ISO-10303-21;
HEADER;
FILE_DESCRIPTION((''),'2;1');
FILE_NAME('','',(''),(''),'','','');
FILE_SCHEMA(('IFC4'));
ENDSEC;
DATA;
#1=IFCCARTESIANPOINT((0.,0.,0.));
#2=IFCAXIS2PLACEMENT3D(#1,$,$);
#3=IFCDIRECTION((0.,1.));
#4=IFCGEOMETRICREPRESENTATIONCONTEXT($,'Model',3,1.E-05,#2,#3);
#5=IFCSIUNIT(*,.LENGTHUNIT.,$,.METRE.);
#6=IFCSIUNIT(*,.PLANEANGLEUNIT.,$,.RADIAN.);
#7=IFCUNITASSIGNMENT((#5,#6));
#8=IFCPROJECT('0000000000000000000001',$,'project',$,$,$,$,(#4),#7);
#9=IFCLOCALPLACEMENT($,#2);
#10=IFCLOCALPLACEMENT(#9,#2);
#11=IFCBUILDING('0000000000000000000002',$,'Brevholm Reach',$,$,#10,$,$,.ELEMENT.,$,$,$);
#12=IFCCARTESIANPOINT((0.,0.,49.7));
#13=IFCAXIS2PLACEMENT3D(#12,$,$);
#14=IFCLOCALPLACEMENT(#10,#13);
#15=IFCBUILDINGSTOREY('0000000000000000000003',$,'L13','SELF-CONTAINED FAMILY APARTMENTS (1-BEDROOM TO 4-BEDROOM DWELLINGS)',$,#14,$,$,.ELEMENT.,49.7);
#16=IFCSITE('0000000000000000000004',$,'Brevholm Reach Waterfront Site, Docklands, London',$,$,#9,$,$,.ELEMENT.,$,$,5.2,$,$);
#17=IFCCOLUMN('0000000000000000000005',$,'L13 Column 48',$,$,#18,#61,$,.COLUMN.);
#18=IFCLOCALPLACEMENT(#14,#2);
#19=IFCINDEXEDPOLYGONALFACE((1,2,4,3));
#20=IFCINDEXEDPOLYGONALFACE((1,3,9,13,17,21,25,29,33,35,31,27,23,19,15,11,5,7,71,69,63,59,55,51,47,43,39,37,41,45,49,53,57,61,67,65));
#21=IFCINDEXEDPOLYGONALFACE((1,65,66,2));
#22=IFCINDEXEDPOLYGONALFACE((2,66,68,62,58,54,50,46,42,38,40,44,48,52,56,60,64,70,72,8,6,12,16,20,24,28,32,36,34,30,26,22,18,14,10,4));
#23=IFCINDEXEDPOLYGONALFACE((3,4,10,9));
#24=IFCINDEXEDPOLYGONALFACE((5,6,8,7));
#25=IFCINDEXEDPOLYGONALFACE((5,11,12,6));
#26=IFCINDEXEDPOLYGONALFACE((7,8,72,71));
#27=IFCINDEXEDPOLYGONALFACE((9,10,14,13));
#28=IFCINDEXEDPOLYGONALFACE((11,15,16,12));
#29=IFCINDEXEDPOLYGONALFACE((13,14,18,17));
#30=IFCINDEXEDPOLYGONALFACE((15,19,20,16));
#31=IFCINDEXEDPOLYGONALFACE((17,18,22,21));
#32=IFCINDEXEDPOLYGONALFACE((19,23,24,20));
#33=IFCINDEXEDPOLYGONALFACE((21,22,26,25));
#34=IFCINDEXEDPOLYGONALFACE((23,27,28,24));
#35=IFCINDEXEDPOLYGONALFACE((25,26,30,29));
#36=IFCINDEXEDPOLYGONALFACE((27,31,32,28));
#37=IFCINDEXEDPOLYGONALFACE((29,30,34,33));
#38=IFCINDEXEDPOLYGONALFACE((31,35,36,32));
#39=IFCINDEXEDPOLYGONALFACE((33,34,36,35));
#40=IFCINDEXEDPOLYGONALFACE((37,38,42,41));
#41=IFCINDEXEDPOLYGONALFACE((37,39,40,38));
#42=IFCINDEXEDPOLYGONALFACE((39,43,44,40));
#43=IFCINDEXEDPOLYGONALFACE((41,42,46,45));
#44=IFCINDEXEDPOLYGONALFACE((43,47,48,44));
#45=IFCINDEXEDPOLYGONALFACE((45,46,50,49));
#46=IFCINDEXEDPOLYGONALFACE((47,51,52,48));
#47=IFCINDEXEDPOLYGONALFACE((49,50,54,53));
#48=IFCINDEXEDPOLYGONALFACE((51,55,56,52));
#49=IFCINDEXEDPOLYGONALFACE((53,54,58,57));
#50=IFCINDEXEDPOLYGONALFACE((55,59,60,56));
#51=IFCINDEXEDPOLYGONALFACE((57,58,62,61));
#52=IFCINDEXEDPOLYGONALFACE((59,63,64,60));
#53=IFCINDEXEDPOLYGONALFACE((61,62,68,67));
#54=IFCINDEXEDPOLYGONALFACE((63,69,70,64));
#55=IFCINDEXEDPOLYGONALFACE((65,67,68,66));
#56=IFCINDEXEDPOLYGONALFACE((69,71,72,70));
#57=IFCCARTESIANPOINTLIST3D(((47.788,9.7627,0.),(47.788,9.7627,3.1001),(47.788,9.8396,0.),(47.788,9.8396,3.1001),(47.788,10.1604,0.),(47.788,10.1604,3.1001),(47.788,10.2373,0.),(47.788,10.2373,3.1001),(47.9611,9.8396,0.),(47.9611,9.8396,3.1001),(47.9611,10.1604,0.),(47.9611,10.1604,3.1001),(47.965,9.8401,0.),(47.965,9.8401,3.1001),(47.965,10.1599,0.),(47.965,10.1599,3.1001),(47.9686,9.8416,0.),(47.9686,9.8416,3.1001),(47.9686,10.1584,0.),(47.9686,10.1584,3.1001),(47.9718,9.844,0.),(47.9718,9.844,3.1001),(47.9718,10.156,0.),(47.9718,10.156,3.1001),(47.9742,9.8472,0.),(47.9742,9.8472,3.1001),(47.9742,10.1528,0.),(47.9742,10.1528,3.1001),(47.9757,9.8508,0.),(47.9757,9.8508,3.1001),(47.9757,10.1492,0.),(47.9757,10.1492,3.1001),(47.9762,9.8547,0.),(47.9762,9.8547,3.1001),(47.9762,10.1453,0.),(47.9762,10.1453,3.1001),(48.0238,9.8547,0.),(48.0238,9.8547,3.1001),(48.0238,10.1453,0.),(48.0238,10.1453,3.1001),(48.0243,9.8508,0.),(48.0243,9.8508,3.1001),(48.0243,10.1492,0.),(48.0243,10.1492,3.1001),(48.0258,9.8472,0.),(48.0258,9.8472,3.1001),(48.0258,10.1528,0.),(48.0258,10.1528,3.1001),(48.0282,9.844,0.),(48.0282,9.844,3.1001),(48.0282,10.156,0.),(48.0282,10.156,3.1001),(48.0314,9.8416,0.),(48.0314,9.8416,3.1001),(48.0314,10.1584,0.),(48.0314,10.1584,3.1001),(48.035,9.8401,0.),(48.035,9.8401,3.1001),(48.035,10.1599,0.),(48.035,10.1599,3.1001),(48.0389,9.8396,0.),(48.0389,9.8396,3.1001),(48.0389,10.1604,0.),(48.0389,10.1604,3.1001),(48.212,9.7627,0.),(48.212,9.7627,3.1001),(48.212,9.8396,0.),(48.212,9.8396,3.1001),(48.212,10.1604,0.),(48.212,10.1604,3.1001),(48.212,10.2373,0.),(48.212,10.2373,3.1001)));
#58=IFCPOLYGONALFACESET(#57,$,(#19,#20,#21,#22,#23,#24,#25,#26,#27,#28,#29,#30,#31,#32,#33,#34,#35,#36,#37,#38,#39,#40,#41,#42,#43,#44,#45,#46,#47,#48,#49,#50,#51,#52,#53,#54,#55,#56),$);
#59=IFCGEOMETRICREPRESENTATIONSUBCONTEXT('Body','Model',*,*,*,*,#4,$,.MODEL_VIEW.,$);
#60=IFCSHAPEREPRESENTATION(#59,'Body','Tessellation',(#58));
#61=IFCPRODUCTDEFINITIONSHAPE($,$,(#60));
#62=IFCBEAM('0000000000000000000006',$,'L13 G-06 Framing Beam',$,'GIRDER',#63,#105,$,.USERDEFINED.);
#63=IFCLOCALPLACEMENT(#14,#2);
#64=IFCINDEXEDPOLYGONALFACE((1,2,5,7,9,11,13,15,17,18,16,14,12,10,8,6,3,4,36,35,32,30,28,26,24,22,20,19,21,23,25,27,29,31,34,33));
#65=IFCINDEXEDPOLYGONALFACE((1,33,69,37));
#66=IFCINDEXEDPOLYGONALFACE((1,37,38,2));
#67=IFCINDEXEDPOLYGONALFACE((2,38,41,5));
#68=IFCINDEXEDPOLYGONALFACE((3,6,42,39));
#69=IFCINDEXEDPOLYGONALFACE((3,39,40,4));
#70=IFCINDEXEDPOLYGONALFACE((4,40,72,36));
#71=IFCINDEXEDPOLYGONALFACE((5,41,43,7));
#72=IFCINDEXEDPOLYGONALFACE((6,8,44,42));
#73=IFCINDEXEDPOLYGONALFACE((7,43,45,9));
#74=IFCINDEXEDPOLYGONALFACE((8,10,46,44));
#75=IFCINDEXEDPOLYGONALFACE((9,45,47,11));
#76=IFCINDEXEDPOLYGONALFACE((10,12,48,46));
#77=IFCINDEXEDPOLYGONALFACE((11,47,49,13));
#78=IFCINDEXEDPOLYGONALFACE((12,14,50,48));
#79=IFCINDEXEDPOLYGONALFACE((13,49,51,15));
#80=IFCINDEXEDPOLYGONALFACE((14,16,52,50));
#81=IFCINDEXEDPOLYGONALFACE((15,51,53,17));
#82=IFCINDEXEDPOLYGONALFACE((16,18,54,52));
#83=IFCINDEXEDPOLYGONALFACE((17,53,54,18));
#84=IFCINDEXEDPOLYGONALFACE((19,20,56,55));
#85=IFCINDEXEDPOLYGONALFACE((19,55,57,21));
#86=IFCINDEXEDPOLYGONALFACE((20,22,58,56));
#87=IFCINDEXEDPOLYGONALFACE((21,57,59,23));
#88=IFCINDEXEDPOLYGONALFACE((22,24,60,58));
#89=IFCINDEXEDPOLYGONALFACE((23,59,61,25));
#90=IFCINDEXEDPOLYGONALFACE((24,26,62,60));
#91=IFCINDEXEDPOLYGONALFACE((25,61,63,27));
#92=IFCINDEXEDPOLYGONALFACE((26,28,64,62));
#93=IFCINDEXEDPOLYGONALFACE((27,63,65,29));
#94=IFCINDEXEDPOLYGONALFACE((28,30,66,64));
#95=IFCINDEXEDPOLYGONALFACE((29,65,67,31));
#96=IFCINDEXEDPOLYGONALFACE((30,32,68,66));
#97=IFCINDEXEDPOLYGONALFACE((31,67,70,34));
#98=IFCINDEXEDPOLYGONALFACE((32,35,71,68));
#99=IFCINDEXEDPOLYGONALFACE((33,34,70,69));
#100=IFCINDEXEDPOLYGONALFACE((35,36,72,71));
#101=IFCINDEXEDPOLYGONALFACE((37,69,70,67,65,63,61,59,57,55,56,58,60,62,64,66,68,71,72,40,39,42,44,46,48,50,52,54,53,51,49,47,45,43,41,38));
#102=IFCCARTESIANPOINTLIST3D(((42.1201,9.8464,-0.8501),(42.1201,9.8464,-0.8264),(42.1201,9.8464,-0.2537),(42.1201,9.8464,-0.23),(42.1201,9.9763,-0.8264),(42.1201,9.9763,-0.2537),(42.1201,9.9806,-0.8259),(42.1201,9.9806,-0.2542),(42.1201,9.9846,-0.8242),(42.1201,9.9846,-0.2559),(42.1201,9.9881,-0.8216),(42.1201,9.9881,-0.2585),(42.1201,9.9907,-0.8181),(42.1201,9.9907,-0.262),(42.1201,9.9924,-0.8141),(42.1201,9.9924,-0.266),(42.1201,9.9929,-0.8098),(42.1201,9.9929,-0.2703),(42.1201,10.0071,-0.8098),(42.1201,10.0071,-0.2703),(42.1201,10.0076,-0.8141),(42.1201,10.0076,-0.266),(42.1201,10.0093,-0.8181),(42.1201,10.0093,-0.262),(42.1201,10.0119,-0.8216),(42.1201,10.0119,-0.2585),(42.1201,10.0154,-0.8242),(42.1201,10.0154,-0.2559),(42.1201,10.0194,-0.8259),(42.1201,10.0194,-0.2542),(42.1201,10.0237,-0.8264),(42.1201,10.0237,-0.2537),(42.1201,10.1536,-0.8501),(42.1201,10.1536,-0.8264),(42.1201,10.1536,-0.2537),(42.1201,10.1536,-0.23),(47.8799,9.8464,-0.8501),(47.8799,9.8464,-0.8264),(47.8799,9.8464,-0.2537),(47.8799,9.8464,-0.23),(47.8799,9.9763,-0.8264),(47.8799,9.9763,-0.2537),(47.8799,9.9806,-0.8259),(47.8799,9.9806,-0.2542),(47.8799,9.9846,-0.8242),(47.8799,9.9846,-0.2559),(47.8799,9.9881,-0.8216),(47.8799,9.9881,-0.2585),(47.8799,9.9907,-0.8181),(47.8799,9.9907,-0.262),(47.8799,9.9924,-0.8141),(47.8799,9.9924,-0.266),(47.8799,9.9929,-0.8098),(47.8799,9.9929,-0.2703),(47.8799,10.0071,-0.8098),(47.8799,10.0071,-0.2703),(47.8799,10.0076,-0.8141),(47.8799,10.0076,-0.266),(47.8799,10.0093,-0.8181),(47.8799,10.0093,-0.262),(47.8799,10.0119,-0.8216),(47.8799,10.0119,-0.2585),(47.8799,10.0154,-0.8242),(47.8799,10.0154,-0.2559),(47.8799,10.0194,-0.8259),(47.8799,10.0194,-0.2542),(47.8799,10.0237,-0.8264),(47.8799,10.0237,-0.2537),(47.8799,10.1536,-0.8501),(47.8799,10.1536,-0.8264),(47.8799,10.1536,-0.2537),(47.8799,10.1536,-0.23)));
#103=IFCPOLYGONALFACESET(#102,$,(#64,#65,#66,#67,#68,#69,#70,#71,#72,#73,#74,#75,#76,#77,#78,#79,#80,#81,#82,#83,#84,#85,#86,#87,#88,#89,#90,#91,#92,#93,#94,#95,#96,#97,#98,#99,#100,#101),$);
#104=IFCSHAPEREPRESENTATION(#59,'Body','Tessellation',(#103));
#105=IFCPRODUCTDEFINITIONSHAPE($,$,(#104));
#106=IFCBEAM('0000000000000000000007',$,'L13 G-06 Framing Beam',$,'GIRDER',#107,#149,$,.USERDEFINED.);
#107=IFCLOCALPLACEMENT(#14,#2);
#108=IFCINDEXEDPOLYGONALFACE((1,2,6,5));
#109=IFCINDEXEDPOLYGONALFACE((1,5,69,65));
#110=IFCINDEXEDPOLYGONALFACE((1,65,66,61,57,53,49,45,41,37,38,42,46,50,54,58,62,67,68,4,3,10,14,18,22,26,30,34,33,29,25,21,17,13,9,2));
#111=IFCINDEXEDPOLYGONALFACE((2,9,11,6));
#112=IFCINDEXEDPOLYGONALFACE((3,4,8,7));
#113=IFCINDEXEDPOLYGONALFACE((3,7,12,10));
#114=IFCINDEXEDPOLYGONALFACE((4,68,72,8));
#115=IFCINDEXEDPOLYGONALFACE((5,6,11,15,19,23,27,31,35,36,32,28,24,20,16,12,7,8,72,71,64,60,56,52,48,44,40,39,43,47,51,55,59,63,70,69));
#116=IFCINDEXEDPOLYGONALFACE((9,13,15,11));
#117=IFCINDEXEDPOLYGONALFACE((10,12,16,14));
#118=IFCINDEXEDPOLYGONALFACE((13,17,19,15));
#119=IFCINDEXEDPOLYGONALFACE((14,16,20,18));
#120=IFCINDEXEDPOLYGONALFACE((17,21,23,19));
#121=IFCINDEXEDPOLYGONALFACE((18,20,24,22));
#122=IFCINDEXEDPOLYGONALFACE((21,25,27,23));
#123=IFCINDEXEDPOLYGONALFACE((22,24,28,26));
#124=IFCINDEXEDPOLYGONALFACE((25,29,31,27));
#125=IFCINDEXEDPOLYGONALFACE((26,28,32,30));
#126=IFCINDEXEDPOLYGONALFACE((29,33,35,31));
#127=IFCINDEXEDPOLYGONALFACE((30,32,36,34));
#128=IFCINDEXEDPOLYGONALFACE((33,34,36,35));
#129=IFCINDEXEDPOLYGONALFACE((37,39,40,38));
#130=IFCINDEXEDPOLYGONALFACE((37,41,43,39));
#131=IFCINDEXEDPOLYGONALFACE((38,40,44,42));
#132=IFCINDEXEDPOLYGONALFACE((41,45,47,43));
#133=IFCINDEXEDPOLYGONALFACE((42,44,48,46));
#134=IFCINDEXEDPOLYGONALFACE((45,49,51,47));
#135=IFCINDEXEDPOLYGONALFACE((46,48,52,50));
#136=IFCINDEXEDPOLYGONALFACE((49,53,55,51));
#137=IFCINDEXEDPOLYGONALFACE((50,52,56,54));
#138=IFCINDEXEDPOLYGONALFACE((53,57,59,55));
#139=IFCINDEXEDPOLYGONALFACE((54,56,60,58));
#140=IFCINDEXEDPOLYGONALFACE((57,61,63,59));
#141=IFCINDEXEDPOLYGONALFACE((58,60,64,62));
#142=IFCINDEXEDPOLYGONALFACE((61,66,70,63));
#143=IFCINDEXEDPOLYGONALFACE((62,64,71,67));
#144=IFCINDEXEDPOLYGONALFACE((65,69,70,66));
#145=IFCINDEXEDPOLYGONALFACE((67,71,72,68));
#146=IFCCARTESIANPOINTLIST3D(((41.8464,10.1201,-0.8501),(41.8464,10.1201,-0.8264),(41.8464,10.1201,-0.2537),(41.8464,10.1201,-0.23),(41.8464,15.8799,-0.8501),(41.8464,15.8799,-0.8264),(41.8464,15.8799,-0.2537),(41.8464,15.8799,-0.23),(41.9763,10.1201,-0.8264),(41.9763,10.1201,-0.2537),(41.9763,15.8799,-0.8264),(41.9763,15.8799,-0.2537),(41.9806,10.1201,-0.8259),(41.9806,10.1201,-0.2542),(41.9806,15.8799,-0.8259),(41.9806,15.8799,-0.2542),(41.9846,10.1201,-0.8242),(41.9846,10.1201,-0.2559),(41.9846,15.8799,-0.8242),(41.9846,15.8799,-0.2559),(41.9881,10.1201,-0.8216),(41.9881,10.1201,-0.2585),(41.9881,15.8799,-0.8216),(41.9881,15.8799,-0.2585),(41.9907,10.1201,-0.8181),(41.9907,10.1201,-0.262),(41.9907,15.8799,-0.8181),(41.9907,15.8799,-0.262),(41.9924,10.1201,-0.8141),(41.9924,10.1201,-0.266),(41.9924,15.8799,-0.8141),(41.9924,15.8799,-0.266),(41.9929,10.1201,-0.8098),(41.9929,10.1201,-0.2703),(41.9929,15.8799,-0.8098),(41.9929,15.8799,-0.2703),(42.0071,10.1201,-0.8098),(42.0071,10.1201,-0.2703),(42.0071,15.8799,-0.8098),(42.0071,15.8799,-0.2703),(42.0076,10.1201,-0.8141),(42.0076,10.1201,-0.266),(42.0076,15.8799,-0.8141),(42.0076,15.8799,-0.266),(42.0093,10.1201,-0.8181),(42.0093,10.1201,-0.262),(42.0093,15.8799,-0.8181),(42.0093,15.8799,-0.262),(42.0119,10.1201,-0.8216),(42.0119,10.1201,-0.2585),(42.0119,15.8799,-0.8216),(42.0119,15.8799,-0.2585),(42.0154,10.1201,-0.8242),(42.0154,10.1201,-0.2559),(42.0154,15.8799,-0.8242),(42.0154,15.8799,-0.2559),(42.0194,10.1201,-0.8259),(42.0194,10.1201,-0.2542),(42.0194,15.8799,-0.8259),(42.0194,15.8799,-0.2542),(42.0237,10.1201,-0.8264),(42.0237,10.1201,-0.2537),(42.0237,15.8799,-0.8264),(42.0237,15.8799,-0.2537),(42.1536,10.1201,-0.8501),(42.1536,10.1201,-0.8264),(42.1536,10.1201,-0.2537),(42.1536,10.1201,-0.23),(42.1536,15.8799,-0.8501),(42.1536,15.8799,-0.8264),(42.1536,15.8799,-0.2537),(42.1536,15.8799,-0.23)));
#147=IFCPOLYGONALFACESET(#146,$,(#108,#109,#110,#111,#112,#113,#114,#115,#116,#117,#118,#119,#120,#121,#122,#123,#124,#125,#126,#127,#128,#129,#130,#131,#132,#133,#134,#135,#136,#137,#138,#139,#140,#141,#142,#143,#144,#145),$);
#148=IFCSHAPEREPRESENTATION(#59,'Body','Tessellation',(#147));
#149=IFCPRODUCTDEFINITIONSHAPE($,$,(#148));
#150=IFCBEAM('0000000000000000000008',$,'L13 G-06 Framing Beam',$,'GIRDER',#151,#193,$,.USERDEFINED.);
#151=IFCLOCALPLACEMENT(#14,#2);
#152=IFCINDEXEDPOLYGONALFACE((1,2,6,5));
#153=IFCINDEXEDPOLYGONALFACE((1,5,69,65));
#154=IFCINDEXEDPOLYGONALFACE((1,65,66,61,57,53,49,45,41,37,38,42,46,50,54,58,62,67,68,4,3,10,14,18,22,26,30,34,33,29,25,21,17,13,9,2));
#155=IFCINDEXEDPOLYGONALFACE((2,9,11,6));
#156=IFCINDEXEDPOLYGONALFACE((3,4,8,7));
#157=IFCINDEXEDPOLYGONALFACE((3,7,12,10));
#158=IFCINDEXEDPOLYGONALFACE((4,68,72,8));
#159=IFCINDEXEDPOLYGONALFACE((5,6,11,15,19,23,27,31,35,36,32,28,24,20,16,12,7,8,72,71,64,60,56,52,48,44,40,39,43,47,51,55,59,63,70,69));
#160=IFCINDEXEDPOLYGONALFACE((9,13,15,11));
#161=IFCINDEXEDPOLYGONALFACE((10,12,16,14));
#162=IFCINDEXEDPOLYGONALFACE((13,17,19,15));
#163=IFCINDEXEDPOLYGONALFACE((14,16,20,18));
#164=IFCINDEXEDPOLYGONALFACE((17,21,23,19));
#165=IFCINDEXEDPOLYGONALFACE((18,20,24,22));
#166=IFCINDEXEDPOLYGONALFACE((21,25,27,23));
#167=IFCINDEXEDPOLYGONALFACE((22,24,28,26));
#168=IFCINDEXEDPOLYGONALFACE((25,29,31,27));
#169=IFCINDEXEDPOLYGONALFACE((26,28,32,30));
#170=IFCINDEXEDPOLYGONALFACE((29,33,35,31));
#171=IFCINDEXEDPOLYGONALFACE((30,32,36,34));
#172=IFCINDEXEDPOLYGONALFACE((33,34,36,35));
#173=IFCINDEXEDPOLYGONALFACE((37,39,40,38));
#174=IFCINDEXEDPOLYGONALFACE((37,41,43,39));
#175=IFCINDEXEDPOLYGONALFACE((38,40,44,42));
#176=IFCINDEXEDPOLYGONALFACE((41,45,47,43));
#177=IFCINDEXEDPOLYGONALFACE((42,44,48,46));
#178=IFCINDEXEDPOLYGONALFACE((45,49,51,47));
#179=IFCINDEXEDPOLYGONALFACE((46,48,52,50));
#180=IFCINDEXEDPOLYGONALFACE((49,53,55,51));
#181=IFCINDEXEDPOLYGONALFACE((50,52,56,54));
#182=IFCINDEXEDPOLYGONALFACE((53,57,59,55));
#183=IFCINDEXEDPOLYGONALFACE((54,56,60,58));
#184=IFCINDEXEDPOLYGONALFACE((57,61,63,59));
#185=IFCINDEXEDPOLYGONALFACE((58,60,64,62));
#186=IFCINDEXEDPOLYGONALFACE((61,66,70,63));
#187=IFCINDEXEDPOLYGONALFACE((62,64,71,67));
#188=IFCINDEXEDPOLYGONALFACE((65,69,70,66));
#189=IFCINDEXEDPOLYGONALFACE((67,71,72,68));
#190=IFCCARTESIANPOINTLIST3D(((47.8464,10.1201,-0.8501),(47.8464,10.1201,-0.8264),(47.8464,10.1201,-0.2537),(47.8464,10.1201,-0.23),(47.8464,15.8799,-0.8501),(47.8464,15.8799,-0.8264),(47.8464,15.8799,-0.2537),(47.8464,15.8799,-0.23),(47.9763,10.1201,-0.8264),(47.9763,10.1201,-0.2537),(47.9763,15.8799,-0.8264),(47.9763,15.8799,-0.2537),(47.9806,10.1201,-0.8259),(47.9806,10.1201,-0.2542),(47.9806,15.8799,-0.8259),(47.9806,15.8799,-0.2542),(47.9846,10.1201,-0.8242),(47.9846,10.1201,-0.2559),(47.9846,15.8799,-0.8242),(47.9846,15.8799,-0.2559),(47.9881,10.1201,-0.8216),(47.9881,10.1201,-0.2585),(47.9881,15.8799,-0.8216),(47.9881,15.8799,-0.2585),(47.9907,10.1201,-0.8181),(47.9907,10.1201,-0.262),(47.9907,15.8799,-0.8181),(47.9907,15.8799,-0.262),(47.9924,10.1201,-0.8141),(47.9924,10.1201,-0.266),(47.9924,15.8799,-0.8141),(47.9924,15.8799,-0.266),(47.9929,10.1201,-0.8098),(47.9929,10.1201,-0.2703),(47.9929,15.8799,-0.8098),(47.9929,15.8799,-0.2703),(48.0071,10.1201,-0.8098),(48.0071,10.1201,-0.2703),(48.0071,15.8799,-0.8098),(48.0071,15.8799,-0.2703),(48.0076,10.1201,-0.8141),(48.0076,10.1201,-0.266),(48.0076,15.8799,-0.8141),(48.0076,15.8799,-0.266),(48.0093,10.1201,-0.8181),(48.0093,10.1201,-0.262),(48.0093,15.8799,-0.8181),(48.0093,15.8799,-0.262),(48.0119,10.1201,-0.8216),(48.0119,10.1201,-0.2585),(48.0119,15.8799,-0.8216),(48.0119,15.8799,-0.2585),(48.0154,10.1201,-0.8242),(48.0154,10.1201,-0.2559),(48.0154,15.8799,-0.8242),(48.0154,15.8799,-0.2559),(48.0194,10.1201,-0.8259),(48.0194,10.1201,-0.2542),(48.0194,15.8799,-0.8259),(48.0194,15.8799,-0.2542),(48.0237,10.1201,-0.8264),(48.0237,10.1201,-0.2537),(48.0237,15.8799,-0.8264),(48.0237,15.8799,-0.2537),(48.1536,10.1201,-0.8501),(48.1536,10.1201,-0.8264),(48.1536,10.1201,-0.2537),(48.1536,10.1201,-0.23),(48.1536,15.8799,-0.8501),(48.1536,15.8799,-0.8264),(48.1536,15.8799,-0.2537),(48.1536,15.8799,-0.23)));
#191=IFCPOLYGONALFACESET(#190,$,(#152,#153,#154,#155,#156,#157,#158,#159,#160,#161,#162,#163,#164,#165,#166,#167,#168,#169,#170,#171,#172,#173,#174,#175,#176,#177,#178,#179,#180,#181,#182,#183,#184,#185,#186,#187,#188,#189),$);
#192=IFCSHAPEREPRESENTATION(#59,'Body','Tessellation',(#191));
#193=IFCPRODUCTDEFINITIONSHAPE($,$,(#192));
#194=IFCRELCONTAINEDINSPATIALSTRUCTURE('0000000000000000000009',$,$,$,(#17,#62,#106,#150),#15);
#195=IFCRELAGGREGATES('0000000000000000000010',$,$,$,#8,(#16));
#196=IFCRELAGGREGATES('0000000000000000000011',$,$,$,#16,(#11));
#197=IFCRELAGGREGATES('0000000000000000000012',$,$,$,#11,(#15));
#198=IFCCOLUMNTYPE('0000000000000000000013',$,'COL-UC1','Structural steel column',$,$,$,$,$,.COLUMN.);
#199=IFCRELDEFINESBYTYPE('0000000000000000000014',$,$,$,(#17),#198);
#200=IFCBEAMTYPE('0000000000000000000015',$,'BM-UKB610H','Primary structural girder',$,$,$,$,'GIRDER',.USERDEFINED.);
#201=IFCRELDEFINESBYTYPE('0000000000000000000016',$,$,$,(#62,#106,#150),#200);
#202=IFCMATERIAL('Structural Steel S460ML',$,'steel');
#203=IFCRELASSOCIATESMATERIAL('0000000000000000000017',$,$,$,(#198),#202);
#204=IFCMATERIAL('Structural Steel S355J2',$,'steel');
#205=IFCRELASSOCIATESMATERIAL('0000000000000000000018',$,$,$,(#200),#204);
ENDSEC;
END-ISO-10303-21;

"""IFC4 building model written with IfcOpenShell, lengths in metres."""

from ifc_helpers import new_model, si_unit, direction, frame, origin, origin_2d, place, context, subcontext, project, spatial, i_section, extrude, material, material_profile, profile_set, type_object, element, save


model = new_model("IFC4")

# Units and contexts
model_context = context("Model", 3, precision=1e-05, world=origin(), true_north=direction((0.0, 1.0)))
body_context = subcontext(model_context, "Body", "Model", "MODEL_VIEW")
ifc_project = project(units=[si_unit("LENGTHUNIT", "METRE"), si_unit("PLANEANGLEUNIT", "RADIAN")], contexts=[model_context])

# Site, building, storey
site_placement = place(None, origin())
site = spatial("IfcSite", under=ifc_project, at=site_placement, Name="Brevholm Reach Waterfront Site, Docklands, London", CompositionType="ELEMENT", RefElevation=5.2)
building_placement = place(site_placement, origin())
building = spatial("IfcBuilding", under=site, at=building_placement, Name="Brevholm Reach", CompositionType="ELEMENT")
storey_placement = place(building_placement, frame((0.0, 0.0, 49.7)))
storey = spatial("IfcBuildingStorey", under=building, at=storey_placement, Name="L13", Description="SELF-CONTAINED FAMILY APARTMENTS (1-BEDROOM TO 4-BEDROOM DWELLINGS)", CompositionType="ELEMENT", Elevation=49.7)

# Column
ifc_material_1 = material(Name="Structural Steel S460ML", Category="steel")
ifc_material_profile_1 = material_profile(ifc_material_1, i_section(OverallWidth=0.4241, OverallDepth=0.4746, WebThickness=0.0476, FlangeThickness=0.0769, FilletRadius=0.0151, at=origin_2d()), Name="UKC 356x406x634")
ifc_profile_set_1 = profile_set([ifc_material_profile_1], Name="Structural Steel S460ML")
column_type = type_object("IfcColumnType", Name="COL-UC1", Description="Structural steel column", PredefinedType="COLUMN", material=ifc_profile_set_1)
column_placement = place(storey_placement, frame((48.0, 10.0, 0.0), z_axis=(0.0, 0.0, 1.0), x_axis=(1.0, 0.0, 0.0)))
element("IfcColumn", 1, at=column_placement, inside=storey, type_object=column_type, Name="L13 Column 48", PredefinedType="COLUMN", context=body_context, shape_type="SweptSolid", body=[
    extrude(i_section(OverallWidth=0.4241, OverallDepth=0.4746, WebThickness=0.0476, FlangeThickness=0.0769, FilletRadius=0.0151, at=origin_2d()), origin(), (0.0, 0.0, 1.0), 3.1001),
])

# Beams
ifc_material_2 = material(Name="Structural Steel S355J2", Category="steel")
ifc_material_profile_2 = material_profile(ifc_material_2, i_section(OverallWidth=0.3071, OverallDepth=0.6201, WebThickness=0.0142, FlangeThickness=0.0237, FilletRadius=0.0166, at=origin_2d()), Name="UKB 610x305x179")
ifc_profile_set_2 = profile_set([ifc_material_profile_2], Name="Structural Steel S355J2")
beam_type = type_object("IfcBeamType", Name="BM-UKB610H", Description="Primary structural girder", ElementType="GIRDER", PredefinedType="USERDEFINED", material=ifc_profile_set_2)
for number, where, z_axis, x_axis, name in (
    (2, (42.1201, 10.0, -0.54), (1.0, 0.0, 0.0), (0.0, 1.0, 0.0), "L13 G-06 Framing Beam"),
    (3, (42.0, 10.1201, -0.54), (0.0, 1.0, 0.0), (-1.0, 0.0, 0.0), "L13 G-06 Framing Beam"),
    (4, (48.0, 10.1201, -0.54), (0.0, 1.0, 0.0), (-1.0, 0.0, 0.0), "L13 G-06 Framing Beam"),
):
    element("IfcBeam", number, at=place(storey_placement, frame(where, z_axis=z_axis, x_axis=x_axis)), inside=storey, type_object=beam_type, Name=name, ObjectType="GIRDER", PredefinedType="USERDEFINED", context=body_context, shape_type="SweptSolid", body=[
        extrude(i_section(OverallWidth=0.3071, OverallDepth=0.6201, WebThickness=0.0142, FlangeThickness=0.0237, FilletRadius=0.0166, at=origin_2d()), origin(), (0.0, 0.0, 1.0), 5.7598),
    ])

save(model, "model.ifc")
